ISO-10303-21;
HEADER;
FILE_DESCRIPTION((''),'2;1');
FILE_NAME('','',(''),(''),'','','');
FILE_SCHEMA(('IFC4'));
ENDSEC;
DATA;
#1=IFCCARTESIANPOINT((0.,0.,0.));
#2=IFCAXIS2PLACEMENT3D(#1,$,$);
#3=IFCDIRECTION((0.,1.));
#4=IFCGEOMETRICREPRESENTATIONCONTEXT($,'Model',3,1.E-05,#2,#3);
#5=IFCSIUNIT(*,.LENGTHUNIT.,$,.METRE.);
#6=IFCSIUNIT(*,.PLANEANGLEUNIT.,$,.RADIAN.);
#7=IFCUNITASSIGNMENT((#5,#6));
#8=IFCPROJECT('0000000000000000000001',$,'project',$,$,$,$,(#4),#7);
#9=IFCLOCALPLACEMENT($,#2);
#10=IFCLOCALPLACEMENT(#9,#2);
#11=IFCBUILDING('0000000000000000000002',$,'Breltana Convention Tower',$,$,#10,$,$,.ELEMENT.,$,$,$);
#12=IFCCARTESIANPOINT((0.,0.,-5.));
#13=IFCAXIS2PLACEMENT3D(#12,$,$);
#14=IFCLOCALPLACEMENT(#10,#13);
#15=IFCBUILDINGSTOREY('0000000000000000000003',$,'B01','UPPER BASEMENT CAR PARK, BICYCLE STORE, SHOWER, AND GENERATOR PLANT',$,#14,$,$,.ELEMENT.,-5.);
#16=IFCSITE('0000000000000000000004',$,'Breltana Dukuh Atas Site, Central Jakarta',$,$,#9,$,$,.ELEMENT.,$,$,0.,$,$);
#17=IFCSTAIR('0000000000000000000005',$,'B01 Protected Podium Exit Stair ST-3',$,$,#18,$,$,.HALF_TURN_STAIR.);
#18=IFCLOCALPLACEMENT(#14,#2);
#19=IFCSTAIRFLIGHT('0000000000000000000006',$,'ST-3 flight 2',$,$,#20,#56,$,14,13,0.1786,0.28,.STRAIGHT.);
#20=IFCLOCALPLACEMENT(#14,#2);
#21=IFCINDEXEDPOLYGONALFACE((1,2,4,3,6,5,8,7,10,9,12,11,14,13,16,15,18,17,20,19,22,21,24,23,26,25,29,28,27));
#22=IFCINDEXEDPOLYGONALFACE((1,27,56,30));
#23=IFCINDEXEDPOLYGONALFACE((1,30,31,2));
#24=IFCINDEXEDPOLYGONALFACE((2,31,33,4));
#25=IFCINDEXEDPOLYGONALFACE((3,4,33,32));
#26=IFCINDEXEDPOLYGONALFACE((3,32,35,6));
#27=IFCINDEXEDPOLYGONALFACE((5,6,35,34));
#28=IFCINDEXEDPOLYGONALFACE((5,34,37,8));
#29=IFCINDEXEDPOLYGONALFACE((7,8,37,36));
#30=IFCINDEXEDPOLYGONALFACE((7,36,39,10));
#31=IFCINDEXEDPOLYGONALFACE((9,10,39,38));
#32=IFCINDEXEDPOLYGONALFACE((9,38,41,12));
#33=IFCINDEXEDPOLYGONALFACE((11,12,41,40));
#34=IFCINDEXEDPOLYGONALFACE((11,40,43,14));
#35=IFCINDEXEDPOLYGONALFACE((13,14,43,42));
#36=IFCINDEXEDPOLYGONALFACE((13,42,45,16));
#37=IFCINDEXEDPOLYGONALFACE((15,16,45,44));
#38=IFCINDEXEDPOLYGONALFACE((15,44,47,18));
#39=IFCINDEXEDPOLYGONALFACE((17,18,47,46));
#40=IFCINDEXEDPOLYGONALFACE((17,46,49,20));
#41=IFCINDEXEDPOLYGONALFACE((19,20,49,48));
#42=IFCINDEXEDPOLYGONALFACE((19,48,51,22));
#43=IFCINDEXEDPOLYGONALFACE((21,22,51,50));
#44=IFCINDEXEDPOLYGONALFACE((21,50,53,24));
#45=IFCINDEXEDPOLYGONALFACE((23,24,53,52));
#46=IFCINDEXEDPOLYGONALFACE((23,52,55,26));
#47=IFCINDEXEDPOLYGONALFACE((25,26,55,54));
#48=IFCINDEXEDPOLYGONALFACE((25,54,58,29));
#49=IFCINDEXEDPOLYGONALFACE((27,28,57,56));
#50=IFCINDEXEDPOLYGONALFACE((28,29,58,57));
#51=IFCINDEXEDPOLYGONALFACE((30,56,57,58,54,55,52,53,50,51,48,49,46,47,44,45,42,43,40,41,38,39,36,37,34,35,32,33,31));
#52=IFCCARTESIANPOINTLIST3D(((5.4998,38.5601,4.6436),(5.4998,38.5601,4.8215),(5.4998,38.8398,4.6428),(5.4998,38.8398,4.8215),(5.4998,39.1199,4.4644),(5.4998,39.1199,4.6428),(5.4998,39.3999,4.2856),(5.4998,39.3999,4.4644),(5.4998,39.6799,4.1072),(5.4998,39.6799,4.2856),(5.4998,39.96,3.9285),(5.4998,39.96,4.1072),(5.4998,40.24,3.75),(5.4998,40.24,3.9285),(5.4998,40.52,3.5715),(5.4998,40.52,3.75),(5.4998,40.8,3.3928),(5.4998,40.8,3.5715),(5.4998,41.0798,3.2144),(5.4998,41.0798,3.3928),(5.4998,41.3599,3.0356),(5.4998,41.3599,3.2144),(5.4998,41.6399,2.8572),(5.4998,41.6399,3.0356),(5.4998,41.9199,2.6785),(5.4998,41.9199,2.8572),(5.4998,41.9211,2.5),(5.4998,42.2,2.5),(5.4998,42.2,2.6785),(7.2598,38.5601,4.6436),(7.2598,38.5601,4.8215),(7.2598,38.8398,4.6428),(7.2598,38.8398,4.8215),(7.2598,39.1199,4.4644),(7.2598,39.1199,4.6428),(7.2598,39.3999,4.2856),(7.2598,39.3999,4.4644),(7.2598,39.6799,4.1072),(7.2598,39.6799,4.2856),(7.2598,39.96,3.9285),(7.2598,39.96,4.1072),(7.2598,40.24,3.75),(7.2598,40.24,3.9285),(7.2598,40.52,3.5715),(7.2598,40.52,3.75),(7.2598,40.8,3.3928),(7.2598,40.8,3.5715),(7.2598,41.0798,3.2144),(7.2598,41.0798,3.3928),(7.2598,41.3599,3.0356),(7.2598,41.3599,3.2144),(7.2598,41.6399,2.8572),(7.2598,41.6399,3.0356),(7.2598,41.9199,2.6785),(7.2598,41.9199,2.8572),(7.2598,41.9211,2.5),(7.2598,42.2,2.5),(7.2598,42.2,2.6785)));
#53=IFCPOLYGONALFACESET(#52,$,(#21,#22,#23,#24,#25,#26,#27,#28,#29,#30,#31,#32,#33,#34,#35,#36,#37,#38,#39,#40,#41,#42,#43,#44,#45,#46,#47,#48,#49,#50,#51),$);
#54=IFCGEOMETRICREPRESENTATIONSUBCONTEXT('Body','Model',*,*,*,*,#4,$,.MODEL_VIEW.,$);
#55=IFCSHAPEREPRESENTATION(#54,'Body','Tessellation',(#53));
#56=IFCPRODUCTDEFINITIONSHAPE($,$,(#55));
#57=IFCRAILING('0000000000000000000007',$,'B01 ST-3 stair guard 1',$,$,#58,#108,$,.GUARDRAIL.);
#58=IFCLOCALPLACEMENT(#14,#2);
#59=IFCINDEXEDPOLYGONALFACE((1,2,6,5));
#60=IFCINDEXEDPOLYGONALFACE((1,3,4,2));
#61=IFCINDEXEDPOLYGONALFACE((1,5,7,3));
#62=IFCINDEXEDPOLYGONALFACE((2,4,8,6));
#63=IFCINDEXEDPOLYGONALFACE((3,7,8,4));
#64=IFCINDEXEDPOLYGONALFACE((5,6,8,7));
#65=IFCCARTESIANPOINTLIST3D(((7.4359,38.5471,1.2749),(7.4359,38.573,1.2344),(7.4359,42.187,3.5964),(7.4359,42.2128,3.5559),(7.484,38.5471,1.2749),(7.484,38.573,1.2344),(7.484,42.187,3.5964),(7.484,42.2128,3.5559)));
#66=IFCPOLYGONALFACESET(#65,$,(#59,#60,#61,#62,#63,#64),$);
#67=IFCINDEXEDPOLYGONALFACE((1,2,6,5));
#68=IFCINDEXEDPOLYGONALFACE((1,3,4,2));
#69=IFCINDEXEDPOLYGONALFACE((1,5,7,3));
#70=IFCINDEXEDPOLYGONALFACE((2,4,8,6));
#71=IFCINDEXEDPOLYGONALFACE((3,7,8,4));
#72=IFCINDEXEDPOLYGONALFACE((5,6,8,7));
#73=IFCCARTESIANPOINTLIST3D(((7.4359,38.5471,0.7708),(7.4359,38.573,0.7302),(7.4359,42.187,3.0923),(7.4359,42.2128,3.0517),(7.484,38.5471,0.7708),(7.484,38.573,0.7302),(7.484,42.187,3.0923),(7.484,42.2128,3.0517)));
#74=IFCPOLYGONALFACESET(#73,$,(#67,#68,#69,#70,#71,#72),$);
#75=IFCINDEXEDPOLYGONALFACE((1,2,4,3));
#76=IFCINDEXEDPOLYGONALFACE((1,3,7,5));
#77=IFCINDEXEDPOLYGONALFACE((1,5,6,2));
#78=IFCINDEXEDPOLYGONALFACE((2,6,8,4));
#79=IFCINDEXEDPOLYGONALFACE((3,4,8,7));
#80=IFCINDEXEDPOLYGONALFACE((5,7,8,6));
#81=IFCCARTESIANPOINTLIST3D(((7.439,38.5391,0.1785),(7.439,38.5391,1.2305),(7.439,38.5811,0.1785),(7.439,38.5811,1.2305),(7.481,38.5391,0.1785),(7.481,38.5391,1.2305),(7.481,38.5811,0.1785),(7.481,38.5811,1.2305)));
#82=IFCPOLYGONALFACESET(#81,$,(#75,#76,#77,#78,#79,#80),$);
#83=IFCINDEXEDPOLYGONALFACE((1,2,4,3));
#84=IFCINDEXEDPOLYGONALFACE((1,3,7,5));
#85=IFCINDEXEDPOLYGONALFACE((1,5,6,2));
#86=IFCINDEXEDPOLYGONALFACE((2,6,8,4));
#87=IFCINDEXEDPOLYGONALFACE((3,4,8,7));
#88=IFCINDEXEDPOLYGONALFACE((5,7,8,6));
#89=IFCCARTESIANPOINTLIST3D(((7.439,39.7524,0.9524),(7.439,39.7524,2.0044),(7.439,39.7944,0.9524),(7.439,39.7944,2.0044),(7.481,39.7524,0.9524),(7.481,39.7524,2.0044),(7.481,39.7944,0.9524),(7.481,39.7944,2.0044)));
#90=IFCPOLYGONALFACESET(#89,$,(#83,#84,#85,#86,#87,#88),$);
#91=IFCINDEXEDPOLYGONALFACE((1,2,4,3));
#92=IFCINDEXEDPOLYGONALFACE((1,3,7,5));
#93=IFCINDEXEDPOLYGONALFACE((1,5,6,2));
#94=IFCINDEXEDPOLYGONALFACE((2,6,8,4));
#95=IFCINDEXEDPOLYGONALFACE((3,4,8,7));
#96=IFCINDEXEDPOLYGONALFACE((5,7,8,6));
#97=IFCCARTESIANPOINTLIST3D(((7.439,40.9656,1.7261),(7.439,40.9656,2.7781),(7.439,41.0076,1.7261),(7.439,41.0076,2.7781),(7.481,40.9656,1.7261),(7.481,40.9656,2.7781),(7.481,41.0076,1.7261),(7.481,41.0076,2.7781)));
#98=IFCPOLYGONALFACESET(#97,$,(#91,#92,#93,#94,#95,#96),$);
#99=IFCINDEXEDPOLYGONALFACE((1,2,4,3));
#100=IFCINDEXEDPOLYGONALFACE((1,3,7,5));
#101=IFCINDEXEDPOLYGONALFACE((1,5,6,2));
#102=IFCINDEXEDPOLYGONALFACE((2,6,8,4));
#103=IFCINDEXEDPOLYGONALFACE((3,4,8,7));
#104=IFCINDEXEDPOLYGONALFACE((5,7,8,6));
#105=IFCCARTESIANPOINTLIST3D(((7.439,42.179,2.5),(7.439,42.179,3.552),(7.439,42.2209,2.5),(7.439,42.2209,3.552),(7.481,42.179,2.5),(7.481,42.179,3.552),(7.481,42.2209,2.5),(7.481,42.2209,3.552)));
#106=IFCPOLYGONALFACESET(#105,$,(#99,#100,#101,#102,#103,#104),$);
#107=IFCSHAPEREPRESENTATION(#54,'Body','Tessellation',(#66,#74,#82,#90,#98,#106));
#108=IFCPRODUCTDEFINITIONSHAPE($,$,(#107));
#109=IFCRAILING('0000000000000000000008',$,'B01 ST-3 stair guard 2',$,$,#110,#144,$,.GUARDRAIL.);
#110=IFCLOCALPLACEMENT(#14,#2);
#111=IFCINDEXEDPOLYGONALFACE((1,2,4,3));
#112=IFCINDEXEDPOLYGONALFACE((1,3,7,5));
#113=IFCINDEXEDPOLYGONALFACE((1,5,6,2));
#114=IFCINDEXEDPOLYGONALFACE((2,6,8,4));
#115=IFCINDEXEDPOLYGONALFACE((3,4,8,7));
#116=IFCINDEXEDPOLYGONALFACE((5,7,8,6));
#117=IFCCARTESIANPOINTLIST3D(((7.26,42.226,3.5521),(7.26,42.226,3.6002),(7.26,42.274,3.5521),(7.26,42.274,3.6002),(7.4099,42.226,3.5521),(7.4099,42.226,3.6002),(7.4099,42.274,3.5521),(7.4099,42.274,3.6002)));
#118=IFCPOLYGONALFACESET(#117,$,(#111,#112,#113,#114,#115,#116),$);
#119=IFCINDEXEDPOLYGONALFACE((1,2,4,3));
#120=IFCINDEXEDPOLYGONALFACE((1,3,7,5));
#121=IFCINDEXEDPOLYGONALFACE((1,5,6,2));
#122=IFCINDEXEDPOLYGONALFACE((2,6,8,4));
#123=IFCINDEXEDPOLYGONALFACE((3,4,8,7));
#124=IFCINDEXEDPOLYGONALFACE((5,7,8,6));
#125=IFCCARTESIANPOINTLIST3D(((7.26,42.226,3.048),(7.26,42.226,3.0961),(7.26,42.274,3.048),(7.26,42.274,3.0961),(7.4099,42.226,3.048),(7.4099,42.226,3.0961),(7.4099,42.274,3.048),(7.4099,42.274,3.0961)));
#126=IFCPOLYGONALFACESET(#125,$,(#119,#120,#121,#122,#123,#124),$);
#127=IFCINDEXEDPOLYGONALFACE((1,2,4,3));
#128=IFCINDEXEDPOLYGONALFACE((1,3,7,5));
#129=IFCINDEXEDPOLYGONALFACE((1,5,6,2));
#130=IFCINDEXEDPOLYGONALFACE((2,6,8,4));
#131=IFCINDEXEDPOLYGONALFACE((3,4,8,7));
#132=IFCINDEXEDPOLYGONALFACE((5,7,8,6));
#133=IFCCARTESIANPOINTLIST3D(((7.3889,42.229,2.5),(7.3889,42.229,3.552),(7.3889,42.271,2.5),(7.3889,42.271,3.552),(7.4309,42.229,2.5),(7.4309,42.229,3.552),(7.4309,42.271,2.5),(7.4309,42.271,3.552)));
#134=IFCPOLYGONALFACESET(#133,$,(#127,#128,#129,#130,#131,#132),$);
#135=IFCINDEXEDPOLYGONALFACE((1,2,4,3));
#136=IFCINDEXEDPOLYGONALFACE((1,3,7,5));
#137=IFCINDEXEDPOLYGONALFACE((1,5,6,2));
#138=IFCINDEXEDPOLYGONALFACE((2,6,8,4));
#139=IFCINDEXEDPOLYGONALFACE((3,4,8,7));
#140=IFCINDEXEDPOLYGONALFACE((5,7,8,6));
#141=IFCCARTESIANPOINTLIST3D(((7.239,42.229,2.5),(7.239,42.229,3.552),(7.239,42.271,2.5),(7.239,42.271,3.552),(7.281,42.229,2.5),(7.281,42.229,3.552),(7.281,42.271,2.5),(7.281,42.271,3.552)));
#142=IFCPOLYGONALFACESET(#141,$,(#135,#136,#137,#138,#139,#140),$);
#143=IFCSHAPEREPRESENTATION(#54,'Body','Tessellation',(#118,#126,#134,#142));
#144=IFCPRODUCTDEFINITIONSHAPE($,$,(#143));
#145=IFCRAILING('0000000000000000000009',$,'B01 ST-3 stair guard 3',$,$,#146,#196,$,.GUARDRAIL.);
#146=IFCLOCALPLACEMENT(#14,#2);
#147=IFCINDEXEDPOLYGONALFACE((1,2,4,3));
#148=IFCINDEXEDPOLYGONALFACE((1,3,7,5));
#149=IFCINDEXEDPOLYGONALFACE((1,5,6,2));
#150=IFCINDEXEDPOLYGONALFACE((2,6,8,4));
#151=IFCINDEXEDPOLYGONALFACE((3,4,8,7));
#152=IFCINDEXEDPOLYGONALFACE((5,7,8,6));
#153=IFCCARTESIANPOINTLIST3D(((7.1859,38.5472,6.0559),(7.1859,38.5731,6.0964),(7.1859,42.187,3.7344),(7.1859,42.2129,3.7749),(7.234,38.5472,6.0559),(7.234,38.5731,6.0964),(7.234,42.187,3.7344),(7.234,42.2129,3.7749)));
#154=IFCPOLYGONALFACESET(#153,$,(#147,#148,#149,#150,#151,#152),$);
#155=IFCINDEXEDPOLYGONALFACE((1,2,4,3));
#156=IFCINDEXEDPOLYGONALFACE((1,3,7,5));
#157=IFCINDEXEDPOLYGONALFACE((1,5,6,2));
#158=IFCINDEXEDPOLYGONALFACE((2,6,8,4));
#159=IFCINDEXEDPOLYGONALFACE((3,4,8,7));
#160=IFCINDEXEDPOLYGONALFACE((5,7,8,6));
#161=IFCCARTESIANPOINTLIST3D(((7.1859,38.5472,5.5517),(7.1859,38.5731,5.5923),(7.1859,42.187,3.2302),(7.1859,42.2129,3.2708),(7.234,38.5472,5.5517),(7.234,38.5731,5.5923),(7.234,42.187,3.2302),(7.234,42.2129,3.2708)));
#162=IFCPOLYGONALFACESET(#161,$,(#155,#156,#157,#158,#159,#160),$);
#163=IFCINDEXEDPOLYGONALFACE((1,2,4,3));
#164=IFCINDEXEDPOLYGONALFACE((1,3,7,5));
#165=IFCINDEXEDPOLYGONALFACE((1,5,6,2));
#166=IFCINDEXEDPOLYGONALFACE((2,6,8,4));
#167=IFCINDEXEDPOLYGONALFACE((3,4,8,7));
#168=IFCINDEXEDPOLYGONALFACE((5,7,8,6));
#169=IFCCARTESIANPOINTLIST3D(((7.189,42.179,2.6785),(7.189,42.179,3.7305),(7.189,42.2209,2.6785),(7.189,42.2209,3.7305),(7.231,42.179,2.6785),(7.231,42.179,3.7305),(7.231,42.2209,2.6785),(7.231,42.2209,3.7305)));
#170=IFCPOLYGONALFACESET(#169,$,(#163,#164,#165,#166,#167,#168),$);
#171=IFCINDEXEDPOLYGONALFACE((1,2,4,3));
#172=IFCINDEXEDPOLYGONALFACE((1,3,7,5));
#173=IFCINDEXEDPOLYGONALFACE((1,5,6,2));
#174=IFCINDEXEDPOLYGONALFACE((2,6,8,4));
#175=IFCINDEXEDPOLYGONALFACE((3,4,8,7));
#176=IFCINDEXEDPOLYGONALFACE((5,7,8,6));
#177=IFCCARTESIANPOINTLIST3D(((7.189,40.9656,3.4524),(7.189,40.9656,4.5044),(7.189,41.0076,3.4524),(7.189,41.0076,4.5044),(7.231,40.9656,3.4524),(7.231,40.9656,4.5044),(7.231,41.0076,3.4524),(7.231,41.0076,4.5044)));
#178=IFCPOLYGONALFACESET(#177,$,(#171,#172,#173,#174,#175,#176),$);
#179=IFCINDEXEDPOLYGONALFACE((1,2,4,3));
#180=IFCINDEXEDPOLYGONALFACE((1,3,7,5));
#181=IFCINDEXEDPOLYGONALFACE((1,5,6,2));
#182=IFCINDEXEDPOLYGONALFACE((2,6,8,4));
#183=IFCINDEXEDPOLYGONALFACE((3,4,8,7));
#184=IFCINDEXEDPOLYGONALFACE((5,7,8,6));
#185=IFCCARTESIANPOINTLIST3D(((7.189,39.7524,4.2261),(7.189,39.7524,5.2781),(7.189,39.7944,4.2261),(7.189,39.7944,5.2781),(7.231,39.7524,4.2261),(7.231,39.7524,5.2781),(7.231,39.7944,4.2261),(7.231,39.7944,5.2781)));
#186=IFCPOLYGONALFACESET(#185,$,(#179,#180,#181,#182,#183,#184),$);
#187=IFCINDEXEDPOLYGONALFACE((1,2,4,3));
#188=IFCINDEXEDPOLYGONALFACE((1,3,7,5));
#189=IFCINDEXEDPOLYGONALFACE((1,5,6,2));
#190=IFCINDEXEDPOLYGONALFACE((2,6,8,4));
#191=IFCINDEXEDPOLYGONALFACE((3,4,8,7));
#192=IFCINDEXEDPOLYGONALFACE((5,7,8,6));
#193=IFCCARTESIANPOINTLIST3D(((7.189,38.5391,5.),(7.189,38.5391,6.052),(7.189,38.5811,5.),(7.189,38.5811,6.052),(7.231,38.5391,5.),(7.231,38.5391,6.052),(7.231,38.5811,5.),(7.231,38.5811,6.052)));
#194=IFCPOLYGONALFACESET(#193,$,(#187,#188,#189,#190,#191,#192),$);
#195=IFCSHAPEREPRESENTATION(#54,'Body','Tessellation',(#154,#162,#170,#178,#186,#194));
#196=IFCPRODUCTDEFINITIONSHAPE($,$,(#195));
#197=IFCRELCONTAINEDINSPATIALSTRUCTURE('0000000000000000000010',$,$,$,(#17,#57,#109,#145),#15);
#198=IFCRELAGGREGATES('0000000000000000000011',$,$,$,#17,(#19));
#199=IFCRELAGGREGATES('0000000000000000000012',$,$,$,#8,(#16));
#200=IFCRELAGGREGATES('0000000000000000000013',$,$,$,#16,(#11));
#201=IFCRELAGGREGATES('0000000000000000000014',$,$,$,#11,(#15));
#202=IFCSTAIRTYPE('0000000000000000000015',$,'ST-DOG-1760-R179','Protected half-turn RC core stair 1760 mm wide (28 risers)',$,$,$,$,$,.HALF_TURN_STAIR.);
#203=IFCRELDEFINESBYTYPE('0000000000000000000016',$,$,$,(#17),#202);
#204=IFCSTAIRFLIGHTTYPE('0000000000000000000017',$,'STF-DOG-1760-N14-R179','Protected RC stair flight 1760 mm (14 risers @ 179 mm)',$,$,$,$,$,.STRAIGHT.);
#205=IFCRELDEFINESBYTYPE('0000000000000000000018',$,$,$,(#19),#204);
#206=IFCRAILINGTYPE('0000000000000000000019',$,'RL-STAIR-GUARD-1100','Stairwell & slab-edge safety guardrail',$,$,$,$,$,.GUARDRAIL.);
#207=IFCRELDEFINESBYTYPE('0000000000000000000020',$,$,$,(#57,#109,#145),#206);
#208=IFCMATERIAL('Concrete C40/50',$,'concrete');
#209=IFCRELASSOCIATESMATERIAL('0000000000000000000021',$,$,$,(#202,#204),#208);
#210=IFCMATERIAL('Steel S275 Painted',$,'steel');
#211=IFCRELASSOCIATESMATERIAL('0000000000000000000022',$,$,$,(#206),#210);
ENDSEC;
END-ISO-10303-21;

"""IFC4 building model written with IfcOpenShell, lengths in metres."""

from ifc_helpers import new_model, si_unit, direction, frame, origin, origin_2d, place, context, subcontext, project, spatial, polyline, rectangle, outline, extrude, material, type_object, element, aggregate, save


model = new_model("IFC4")

# Units and contexts
model_context = context("Model", 3, precision=1e-05, world=origin(), true_north=direction((0.0, 1.0)))
body_context = subcontext(model_context, "Body", "Model", "MODEL_VIEW")
ifc_project = project(units=[si_unit("LENGTHUNIT", "METRE"), si_unit("PLANEANGLEUNIT", "RADIAN")], contexts=[model_context])

# Site, building, storey
site_placement = place(None, origin())
site = spatial("IfcSite", under=ifc_project, at=site_placement, Name="Breltana Dukuh Atas Site, Central Jakarta", CompositionType="ELEMENT", RefElevation=0.0)
building_placement = place(site_placement, origin())
building = spatial("IfcBuilding", under=site, at=building_placement, Name="Breltana Convention Tower", CompositionType="ELEMENT")
storey_placement = place(building_placement, frame((0.0, 0.0, -5.0)))
storey = spatial("IfcBuildingStorey", under=building, at=storey_placement, Name="B01", Description="UPPER BASEMENT CAR PARK, BICYCLE STORE, SHOWER, AND GENERATOR PLANT", CompositionType="ELEMENT", Elevation=-5.0)

# Shared definitions
ifc_material_1 = material(Name="Concrete C40/50", Category="concrete")

# Stair, stair flight
stair_type = type_object("IfcStairType", Name="ST-DOG-1760-R179", Description="Protected half-turn RC core stair 1760 mm wide (28 risers)", PredefinedType="HALF_TURN_STAIR", material=ifc_material_1)
stair_placement = place(storey_placement, origin())
stair = element("IfcStair", 1, at=stair_placement, inside=storey, type_object=stair_type, Name="B01 Protected Podium Exit Stair ST-3", PredefinedType="HALF_TURN_STAIR")
stair_flight_type = type_object("IfcStairFlightType", Name="STF-DOG-1760-N14-R179", Description="Protected RC stair flight 1760 mm (14 risers @ 179 mm)", PredefinedType="STRAIGHT", material=ifc_material_1)
stair_flight_1_placement = place(storey_placement, frame((6.3799, 42.2, 2.5), z_axis=(0.0, 0.0, 1.0), x_axis=(0.0, -1.0, 0.0)))
stair_flight_1 = element("IfcStairFlight", 2, at=stair_flight_1_placement, type_object=stair_flight_type, Name="ST-3 flight 2", NumberOfRisers=14, NumberOfTreads=13, PredefinedType="STRAIGHT", RiserHeight=0.1786, TreadLength=0.28, context=body_context, shape_type="SweptSolid", body=[
    extrude(outline(polyline([(0.0, 0.0), (0.0, 0.1785), (0.28, 0.1785), (0.28, 0.3572), (0.5601, 0.3572), (0.5601, 0.5356), (0.8401, 0.5356), (0.8401, 0.7144), (1.1201, 0.7144), (1.1201, 0.8928), (1.3999, 0.8928), (1.3999, 1.0715), (1.6799, 1.0715), (1.6799, 1.25), (1.96, 1.25), (1.96, 1.4285), (2.24, 1.4285), (2.24, 1.6072), (2.52, 1.6072), (2.52, 1.7856), (2.8, 1.7856), (2.8, 1.9644), (3.0801, 1.9644), (3.0801, 2.1428), (3.3601, 2.1428), (3.3601, 2.3215), (3.6399, 2.3215), (3.6399, 2.5), (3.6399, 2.1436), (0.2788, 0.0), (0.0, 0.0)])), frame((0.0, 0.8799, 0.0), z_axis=(0.0, -1.0, 0.0), x_axis=(1.0, 0.0, 0.0)), (0.0, 0.0, 1.0), 1.76),
])
aggregate(stair, [stair_flight_1])

# Railings
ifc_material_2 = material(Name="Steel S275 Painted", Category="steel")
railing_type_1 = type_object("IfcRailingType", Name="RL-STAIR-GUARD-1100", Description="Stairwell & slab-edge safety guardrail", PredefinedType="GUARDRAIL", material=ifc_material_2)
railing_1_placement = place(storey_placement, frame((7.46, 38.5601, 0.1785)))
element("IfcRailing", 3, at=railing_1_placement, inside=storey, type_object=railing_type_1, Name="B01 ST-3 stair guard 1", PredefinedType="GUARDRAIL", context=body_context, shape_type="SweptSolid", body=[
    extrude(rectangle(XDim=0.0481, YDim=0.0481, at=origin_2d()), frame((0.0, 0.0, 1.0762), z_axis=(0.0, 0.843112, 0.537739), x_axis=(-1.0, 0.0, 0.0)), (0.0, 0.0, 1.0), 4.3171),
    extrude(rectangle(XDim=0.0481, YDim=0.0481, at=origin_2d()), frame((0.0, 0.0, 0.572), z_axis=(0.0, 0.843112, 0.537739), x_axis=(-1.0, 0.0, 0.0)), (0.0, 0.0, 1.0), 4.3171),
    extrude(rectangle(XDim=0.042, YDim=0.042, at=origin_2d()), origin(), (0.0, 0.0, 1.0), 1.052),
    extrude(rectangle(XDim=0.042, YDim=0.042, at=origin_2d()), frame((0.0, 1.2134, 0.7739)), (0.0, 0.0, 1.0), 1.052),
    extrude(rectangle(XDim=0.042, YDim=0.042, at=origin_2d()), frame((0.0, 2.4265, 1.5476)), (0.0, 0.0, 1.0), 1.052),
    extrude(rectangle(XDim=0.042, YDim=0.042, at=origin_2d()), frame((0.0, 3.6399, 2.3215)), (0.0, 0.0, 1.0), 1.052),
])
railing_2_placement = place(storey_placement, frame((7.4099, 42.25, 2.5)))
element("IfcRailing", 4, at=railing_2_placement, inside=storey, type_object=railing_type_1, Name="B01 ST-3 stair guard 2", PredefinedType="GUARDRAIL", context=body_context, shape_type="SweptSolid", body=[
    extrude(rectangle(XDim=0.0481, YDim=0.0481, at=origin_2d()), frame((0.0, 0.0, 1.0762), z_axis=(-1.0, 0.0, 0.0), x_axis=(0.0, -1.0, 0.0)), (0.0, 0.0, 1.0), 0.1499),
    extrude(rectangle(XDim=0.0481, YDim=0.0481, at=origin_2d()), frame((0.0, 0.0, 0.572), z_axis=(-1.0, 0.0, 0.0), x_axis=(0.0, -1.0, 0.0)), (0.0, 0.0, 1.0), 0.1499),
    extrude(rectangle(XDim=0.042, YDim=0.042, at=origin_2d()), origin(), (0.0, 0.0, 1.0), 1.052),
    extrude(rectangle(XDim=0.042, YDim=0.042, at=origin_2d()), frame((-0.1499, 0.0, 0.0)), (0.0, 0.0, 1.0), 1.052),
])
railing_3_placement = place(storey_placement, frame((7.21, 42.2, 2.6785)))
element("IfcRailing", 5, at=railing_3_placement, inside=storey, type_object=railing_type_1, Name="B01 ST-3 stair guard 3", PredefinedType="GUARDRAIL", context=body_context, shape_type="SweptSolid", body=[
    extrude(rectangle(XDim=0.0481, YDim=0.0481, at=origin_2d()), frame((0.0, 0.0, 1.0762), z_axis=(0.0, -0.843112, 0.537739), x_axis=(1.0, 0.0, 0.0)), (0.0, 0.0, 1.0), 4.3171),
    extrude(rectangle(XDim=0.0481, YDim=0.0481, at=origin_2d()), frame((0.0, 0.0, 0.572), z_axis=(0.0, -0.843112, 0.537739), x_axis=(1.0, 0.0, 0.0)), (0.0, 0.0, 1.0), 4.3171),
    extrude(rectangle(XDim=0.042, YDim=0.042, at=origin_2d()), origin(), (0.0, 0.0, 1.0), 1.052),
    extrude(rectangle(XDim=0.042, YDim=0.042, at=origin_2d()), frame((0.0, -1.2134, 0.7739)), (0.0, 0.0, 1.0), 1.052),
    extrude(rectangle(XDim=0.042, YDim=0.042, at=origin_2d()), frame((0.0, -2.4265, 1.5476)), (0.0, 0.0, 1.0), 1.052),
    extrude(rectangle(XDim=0.042, YDim=0.042, at=origin_2d()), frame((0.0, -3.6399, 2.3215)), (0.0, 0.0, 1.0), 1.052),
])

save(model, "model.ifc")
